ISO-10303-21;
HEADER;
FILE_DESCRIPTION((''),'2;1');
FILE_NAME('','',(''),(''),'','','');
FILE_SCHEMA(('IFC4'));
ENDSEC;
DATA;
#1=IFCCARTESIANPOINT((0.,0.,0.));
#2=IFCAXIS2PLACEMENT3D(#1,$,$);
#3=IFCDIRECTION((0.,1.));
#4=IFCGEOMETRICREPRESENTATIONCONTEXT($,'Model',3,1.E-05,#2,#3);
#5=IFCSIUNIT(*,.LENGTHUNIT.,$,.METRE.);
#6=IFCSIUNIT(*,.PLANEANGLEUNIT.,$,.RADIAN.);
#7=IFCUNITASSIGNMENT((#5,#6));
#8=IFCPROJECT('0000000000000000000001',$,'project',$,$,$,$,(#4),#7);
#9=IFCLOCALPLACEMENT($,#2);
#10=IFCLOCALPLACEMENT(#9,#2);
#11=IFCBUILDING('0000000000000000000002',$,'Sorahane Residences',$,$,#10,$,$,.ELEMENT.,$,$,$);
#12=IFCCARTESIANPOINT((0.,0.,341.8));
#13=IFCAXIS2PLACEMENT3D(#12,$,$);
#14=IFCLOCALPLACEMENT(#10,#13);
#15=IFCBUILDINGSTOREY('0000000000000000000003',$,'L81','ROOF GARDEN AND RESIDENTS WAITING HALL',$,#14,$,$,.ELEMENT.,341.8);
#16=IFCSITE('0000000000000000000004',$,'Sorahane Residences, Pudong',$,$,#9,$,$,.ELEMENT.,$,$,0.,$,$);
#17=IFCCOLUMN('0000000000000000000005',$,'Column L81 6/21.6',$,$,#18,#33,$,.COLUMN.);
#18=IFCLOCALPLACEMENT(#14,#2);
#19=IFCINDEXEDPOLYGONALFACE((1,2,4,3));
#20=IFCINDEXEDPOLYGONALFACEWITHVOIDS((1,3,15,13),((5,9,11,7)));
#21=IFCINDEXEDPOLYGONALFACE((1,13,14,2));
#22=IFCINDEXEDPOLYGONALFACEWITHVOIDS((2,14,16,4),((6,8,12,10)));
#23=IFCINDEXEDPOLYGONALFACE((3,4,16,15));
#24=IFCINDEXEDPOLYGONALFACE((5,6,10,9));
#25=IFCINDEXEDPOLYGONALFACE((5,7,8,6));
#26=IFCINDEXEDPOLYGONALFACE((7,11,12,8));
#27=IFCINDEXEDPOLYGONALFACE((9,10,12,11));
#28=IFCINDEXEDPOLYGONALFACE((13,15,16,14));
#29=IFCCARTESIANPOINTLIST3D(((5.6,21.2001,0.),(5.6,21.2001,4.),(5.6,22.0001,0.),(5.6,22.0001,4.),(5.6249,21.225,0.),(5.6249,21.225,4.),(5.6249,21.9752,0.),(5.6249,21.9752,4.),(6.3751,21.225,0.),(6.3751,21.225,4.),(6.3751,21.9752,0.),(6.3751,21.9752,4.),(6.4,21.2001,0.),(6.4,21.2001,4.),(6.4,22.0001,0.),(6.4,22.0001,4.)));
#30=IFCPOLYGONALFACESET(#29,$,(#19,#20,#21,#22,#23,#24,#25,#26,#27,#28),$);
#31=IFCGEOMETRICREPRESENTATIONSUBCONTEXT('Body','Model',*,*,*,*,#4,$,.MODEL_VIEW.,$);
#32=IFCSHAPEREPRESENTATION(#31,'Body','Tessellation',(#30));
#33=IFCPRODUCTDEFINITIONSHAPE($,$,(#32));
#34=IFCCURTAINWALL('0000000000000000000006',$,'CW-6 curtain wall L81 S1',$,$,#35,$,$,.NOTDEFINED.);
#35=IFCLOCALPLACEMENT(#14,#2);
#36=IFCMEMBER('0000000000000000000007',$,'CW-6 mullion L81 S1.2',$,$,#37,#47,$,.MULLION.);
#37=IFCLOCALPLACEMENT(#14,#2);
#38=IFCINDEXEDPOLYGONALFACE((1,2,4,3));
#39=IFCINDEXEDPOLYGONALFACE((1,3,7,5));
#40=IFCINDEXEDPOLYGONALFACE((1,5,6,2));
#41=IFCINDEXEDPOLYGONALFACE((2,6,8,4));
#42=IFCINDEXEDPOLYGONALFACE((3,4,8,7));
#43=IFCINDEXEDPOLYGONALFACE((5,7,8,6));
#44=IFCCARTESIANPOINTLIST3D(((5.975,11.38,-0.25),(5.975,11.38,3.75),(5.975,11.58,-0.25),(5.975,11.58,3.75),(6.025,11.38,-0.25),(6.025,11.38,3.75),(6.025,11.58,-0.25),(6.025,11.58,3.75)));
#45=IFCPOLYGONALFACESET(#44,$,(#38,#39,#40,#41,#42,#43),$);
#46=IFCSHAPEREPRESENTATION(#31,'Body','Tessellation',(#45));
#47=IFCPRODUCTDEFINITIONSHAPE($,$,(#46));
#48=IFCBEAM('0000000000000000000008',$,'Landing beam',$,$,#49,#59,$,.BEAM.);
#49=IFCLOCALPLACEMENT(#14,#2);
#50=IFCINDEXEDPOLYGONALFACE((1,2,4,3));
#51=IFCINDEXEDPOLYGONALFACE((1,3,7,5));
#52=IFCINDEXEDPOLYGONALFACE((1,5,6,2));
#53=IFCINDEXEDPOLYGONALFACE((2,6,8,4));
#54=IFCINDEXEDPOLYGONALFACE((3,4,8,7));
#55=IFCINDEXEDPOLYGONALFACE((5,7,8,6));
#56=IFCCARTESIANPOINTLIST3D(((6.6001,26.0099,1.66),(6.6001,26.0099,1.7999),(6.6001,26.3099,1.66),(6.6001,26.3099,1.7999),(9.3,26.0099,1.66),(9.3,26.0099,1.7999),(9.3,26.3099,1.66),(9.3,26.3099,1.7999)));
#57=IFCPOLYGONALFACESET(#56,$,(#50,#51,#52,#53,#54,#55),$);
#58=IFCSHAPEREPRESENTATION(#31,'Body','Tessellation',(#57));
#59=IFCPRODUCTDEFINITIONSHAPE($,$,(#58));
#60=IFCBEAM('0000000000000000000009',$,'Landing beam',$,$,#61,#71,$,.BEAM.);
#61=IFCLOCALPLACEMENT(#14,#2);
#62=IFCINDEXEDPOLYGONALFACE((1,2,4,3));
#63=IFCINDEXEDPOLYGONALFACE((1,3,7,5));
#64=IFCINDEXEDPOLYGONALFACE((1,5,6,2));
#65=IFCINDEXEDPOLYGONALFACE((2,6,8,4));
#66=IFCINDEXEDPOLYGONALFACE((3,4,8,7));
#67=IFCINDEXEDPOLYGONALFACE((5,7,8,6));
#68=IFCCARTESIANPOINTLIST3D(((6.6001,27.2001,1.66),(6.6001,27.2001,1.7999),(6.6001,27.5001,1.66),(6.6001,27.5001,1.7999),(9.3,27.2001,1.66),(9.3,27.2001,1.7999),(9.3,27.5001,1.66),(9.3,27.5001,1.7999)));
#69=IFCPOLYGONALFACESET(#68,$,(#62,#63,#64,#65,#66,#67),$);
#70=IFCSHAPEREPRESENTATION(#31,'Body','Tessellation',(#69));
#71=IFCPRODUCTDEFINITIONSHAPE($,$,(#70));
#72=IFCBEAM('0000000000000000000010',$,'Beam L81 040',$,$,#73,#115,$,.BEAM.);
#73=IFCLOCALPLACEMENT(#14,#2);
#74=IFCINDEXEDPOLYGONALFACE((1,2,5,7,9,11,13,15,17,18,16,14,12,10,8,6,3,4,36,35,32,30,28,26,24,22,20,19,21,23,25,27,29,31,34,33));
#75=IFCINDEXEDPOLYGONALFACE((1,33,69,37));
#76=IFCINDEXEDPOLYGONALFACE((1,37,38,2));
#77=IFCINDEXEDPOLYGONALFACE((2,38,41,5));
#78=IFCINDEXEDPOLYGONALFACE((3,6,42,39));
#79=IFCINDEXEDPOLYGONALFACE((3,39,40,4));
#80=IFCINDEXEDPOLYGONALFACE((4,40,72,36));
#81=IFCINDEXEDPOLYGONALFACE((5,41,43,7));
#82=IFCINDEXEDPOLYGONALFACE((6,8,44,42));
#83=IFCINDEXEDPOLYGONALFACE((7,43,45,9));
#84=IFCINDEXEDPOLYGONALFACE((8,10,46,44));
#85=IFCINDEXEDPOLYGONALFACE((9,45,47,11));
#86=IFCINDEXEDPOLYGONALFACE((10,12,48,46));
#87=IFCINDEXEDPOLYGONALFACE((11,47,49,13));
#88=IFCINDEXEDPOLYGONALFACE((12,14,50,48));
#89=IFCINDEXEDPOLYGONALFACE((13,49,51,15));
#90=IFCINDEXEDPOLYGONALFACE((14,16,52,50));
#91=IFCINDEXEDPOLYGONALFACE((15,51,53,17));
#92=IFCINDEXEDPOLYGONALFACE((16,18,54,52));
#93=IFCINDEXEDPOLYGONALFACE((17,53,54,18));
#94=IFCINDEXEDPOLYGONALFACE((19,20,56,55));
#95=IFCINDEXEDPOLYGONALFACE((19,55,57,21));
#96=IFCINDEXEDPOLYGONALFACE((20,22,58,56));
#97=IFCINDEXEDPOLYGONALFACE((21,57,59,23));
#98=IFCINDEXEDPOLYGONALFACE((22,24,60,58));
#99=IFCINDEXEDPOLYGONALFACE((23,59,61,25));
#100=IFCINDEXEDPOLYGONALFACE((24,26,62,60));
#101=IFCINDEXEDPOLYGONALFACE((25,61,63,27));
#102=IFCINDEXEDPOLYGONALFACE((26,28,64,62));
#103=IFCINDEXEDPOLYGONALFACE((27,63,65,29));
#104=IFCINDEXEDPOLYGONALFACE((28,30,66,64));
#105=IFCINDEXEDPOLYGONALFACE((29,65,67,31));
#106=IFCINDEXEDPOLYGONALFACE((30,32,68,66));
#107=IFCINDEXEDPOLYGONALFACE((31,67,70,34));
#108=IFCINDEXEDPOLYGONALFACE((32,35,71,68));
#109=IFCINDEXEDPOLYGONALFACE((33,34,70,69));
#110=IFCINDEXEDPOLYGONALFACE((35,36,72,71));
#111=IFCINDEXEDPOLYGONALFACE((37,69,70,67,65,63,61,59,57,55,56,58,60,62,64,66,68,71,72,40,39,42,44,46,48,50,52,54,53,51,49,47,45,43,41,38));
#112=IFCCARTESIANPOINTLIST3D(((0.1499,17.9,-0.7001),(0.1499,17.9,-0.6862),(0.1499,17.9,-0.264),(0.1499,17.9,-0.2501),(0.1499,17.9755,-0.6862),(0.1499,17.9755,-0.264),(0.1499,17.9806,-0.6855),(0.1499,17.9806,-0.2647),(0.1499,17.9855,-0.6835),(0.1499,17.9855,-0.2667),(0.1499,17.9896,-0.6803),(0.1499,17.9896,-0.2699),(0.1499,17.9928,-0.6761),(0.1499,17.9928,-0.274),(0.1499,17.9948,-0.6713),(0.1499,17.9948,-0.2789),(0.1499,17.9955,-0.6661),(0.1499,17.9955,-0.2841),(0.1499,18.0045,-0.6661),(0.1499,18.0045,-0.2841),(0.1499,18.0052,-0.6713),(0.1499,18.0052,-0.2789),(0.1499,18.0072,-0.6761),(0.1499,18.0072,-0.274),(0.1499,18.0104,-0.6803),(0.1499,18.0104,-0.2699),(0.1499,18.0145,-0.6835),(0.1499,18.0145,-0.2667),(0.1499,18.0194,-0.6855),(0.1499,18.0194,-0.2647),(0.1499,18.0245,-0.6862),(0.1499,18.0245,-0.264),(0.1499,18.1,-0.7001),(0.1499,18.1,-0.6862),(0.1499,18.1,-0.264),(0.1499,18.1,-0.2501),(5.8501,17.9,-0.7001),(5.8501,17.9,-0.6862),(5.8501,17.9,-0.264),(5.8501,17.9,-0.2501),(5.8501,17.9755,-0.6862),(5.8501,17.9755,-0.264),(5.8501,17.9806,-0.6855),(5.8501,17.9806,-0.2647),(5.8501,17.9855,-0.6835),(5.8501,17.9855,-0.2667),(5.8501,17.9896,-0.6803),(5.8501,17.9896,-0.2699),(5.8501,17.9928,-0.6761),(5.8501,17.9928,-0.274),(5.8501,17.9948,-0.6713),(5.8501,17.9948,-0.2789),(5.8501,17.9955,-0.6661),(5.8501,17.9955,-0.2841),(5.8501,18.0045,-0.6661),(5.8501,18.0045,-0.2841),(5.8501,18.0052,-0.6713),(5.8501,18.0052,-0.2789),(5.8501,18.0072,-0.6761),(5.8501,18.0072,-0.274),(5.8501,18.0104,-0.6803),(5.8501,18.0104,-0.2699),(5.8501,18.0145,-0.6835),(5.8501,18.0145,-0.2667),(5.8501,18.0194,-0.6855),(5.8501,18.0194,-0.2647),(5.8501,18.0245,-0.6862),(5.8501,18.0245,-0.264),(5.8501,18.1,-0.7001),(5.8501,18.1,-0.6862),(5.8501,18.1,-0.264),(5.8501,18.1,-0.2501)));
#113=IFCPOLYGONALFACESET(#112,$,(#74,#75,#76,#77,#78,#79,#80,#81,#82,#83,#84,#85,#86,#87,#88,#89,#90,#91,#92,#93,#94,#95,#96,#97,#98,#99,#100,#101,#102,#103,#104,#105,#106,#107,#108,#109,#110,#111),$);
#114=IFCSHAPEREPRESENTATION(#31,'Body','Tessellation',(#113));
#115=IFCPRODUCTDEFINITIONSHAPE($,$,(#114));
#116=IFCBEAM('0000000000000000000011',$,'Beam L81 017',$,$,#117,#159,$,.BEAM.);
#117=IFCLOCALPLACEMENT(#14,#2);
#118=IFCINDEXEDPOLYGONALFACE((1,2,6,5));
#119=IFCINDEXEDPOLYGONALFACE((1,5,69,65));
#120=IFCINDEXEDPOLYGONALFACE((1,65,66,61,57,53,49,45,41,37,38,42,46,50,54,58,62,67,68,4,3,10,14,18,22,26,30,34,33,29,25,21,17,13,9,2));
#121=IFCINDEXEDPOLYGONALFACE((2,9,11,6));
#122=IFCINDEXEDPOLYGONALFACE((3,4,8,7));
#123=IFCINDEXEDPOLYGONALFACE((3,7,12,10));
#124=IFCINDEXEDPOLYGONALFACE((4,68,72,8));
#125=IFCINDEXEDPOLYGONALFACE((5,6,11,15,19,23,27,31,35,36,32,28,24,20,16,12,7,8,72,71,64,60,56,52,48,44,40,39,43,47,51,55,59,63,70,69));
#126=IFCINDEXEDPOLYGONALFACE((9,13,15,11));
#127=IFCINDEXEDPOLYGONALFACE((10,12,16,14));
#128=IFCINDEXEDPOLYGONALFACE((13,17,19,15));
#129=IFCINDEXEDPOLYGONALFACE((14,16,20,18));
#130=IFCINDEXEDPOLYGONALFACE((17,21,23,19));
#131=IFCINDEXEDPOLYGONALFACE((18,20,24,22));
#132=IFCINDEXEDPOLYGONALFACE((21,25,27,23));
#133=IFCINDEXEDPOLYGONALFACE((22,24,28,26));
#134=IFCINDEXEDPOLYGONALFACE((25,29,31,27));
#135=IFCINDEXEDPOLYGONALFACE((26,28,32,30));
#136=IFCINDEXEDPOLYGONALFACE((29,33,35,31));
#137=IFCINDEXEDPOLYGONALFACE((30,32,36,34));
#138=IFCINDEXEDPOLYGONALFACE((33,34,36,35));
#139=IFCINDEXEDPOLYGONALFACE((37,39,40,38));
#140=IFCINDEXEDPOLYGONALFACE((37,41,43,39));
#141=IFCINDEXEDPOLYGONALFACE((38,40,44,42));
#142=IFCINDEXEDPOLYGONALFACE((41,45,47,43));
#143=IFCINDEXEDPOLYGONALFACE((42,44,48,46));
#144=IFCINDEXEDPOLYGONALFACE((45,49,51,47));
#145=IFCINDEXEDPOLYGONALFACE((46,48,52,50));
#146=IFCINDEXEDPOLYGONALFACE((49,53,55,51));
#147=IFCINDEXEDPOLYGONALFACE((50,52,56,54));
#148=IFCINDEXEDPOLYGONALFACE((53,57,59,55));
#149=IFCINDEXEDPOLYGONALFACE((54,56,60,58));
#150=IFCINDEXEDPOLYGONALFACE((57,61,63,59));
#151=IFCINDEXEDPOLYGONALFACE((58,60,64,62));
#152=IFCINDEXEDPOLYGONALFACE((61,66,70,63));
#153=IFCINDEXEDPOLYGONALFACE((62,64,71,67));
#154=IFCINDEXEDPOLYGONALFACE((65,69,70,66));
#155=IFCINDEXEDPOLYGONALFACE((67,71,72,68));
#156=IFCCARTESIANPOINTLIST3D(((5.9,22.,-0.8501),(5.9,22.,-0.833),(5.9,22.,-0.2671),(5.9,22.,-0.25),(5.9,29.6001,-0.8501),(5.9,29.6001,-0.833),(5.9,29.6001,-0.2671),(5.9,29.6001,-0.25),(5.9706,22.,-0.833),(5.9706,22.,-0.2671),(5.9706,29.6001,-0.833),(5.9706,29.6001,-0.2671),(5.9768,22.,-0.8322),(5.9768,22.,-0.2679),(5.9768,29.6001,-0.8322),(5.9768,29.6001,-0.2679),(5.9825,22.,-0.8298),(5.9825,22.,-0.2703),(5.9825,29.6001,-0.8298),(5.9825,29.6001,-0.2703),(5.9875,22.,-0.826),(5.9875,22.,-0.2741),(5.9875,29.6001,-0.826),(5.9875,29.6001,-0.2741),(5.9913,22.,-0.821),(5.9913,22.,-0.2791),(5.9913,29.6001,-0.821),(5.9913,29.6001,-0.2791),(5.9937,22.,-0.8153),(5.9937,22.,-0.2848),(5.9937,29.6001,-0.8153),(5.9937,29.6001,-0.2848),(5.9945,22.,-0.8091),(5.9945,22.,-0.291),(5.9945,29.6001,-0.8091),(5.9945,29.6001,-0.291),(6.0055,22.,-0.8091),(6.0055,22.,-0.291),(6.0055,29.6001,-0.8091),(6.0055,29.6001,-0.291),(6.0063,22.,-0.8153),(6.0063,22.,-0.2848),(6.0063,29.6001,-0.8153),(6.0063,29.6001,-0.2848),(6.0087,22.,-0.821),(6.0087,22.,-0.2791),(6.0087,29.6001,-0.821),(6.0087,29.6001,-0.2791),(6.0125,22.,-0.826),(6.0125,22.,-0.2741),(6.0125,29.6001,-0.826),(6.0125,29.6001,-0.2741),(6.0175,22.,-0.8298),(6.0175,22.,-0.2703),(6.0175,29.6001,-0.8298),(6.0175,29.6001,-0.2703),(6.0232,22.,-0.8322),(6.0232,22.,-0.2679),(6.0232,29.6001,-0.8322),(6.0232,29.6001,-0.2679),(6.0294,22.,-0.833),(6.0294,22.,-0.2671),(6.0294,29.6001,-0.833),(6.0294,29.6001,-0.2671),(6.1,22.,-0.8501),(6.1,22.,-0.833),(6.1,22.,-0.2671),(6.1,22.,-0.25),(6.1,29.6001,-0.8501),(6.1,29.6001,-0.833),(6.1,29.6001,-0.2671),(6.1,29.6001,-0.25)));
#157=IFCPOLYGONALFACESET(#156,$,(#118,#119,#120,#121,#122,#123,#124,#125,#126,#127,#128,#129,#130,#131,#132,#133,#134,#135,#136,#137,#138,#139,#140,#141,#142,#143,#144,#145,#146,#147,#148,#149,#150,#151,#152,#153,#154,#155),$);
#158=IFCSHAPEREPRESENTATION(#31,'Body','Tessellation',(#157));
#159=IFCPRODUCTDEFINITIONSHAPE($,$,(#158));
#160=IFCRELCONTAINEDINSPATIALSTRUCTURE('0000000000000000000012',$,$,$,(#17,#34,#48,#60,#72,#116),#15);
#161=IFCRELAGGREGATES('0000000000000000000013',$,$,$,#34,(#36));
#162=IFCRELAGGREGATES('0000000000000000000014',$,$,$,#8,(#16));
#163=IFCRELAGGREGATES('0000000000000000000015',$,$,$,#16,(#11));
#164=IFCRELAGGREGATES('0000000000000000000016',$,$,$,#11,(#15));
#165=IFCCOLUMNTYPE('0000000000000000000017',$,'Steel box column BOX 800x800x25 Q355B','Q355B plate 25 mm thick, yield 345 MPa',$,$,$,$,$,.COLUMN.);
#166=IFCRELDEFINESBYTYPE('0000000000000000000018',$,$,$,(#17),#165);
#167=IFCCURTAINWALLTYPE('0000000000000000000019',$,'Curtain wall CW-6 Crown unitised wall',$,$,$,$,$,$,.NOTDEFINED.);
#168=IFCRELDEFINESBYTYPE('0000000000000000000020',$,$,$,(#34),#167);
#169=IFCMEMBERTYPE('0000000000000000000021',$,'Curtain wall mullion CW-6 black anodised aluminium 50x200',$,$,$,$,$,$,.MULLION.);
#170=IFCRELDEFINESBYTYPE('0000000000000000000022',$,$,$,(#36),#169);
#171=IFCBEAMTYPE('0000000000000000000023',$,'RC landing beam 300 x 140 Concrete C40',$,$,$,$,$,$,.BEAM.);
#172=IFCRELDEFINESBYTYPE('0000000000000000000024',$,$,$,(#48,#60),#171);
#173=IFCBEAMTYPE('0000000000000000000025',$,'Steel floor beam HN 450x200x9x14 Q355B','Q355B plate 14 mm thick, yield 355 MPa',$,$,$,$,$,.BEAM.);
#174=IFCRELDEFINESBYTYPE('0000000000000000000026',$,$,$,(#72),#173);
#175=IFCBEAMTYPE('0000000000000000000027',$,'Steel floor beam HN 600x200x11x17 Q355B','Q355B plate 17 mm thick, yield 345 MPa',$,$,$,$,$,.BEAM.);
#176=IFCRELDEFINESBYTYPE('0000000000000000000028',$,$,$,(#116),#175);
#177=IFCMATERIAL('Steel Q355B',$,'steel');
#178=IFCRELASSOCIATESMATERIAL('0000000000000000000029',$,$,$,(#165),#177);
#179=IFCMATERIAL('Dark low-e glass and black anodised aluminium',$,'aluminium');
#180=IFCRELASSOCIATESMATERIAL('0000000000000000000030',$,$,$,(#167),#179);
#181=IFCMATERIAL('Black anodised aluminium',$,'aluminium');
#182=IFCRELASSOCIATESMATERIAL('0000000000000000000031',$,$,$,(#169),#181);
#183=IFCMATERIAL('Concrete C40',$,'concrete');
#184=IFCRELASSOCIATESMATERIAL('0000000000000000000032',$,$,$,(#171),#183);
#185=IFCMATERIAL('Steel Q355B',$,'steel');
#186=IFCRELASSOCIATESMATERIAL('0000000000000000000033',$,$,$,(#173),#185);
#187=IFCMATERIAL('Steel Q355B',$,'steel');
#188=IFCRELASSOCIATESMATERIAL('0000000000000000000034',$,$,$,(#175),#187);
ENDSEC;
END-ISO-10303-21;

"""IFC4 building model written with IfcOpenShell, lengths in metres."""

from ifc_helpers import new_model, si_unit, direction, frame, origin, origin_2d, place, context, subcontext, project, spatial, rectangle, hollow_rectangle, i_section, extrude, material, material_profile, profile_set, type_object, element, aggregate, save


model = new_model("IFC4")

# Units and contexts
model_context = context("Model", 3, precision=1e-05, world=origin(), true_north=direction((0.0, 1.0)))
body_context = subcontext(model_context, "Body", "Model", "MODEL_VIEW")
ifc_project = project(units=[si_unit("LENGTHUNIT", "METRE"), si_unit("PLANEANGLEUNIT", "RADIAN")], contexts=[model_context])

# Site, building, storey
site_placement = place(None, origin())
site = spatial("IfcSite", under=ifc_project, at=site_placement, Name="Sorahane Residences, Pudong", CompositionType="ELEMENT", RefElevation=0.0)
building_placement = place(site_placement, origin())
building = spatial("IfcBuilding", under=site, at=building_placement, Name="Sorahane Residences", CompositionType="ELEMENT")
storey_placement = place(building_placement, frame((0.0, 0.0, 341.8)))
storey = spatial("IfcBuildingStorey", under=building, at=storey_placement, Name="L81", Description="ROOF GARDEN AND RESIDENTS WAITING HALL", CompositionType="ELEMENT", Elevation=341.8)

# Column
ifc_material_1 = material(Name="Steel Q355B", Category="steel")
ifc_material_profile_1 = material_profile(ifc_material_1, hollow_rectangle(XDim=0.8, YDim=0.8, WallThickness=0.0249, at=origin_2d()), Name="BOX 800x800x25")
ifc_profile_set_1 = profile_set([ifc_material_profile_1], Name="Steel Q355B")
column_type = type_object("IfcColumnType", Name="Steel box column BOX 800x800x25 Q355B", Description="Q355B plate 25 mm thick, yield 345 MPa", PredefinedType="COLUMN", material=ifc_profile_set_1)
column_placement = place(storey_placement, frame((6.0, 21.6001, 0.0), z_axis=(0.0, 0.0, 1.0), x_axis=(1.0, 0.0, 0.0)))
element("IfcColumn", 1, at=column_placement, inside=storey, type_object=column_type, Name="Column L81 6/21.6", PredefinedType="COLUMN", context=body_context, shape_type="SweptSolid", body=[
    extrude(hollow_rectangle(XDim=0.8, YDim=0.8, WallThickness=0.0249, at=origin_2d()), origin(), (0.0, 0.0, 1.0), 4.0),
])

# Curtain wall, member
ifc_material_2 = material(Name="Dark low-e glass and black anodised aluminium", Category="aluminium")
curtain_wall_type = type_object("IfcCurtainWallType", Name="Curtain wall CW-6 Crown unitised wall", PredefinedType="NOTDEFINED", material=ifc_material_2)
curtain_wall_placement = place(storey_placement, origin())
curtain_wall = element("IfcCurtainWall", 2, at=curtain_wall_placement, inside=storey, type_object=curtain_wall_type, Name="CW-6 curtain wall L81 S1", PredefinedType="NOTDEFINED")
ifc_material_3 = material(Name="Black anodised aluminium", Category="aluminium")
ifc_material_profile_2 = material_profile(ifc_material_3, rectangle(XDim=0.2, YDim=0.05, at=origin_2d()), Name="Curtain wall mullion CW-6 black anodised aluminium 50x200")
ifc_profile_set_2 = profile_set([ifc_material_profile_2], Name="Black anodised aluminium")
member_type = type_object("IfcMemberType", Name="Curtain wall mullion CW-6 black anodised aluminium 50x200", PredefinedType="MULLION", material=ifc_profile_set_2)
member_placement = place(storey_placement, frame((6.0, 11.48, -0.25), z_axis=(0.0, 0.0, 1.0), x_axis=(0.0, -1.0, 0.0)))
member = element("IfcMember", 3, at=member_placement, type_object=member_type, Name="CW-6 mullion L81 S1.2", PredefinedType="MULLION", context=body_context, shape_type="SweptSolid", body=[
    extrude(rectangle(XDim=0.2, YDim=0.05, at=origin_2d()), origin(), (0.0, 0.0, 1.0), 4.0),
])

# Beams
ifc_material_4 = material(Name="Concrete C40", Category="concrete")
ifc_material_profile_3 = material_profile(ifc_material_4, rectangle(XDim=0.3, YDim=0.1399, at=origin_2d()), Name="300x140")
ifc_profile_set_3 = profile_set([ifc_material_profile_3], Name="Concrete C40")
beam_type_1 = type_object("IfcBeamType", Name="RC landing beam 300 x 140 Concrete C40", PredefinedType="BEAM", material=ifc_profile_set_3)
for number, where, z_axis, x_axis, name in (
    (4, (6.6001, 26.1599, 1.73), (1.0, 0.0, 0.0), (0.0, 1.0, 0.0), "Landing beam"),
    (5, (6.6001, 27.3501, 1.73), (1.0, 0.0, 0.0), (0.0, 1.0, 0.0), "Landing beam"),
):
    element("IfcBeam", number, at=place(storey_placement, frame(where, z_axis=z_axis, x_axis=x_axis)), inside=storey, type_object=beam_type_1, Name=name, PredefinedType="BEAM", context=body_context, shape_type="SweptSolid", body=[
        extrude(rectangle(XDim=0.3, YDim=0.1399, at=origin_2d()), origin(), (0.0, 0.0, 1.0), 2.7),
    ])
ifc_material_5 = material(Name="Steel Q355B", Category="steel")
ifc_material_profile_4 = material_profile(ifc_material_5, i_section(OverallWidth=0.2, OverallDepth=0.45, WebThickness=0.009, FlangeThickness=0.0139, FilletRadius=0.02, at=origin_2d()), Name="HN 450x200x9x14")
ifc_profile_set_4 = profile_set([ifc_material_profile_4], Name="Steel Q355B")
beam_type_2 = type_object("IfcBeamType", Name="Steel floor beam HN 450x200x9x14 Q355B", Description="Q355B plate 14 mm thick, yield 355 MPa", PredefinedType="BEAM", material=ifc_profile_set_4)
beam_1_placement = place(storey_placement, frame((0.1499, 18.0, -0.4751), z_axis=(1.0, 0.0, 0.0), x_axis=(0.0, 1.0, 0.0)))
element("IfcBeam", 6, at=beam_1_placement, inside=storey, type_object=beam_type_2, Name="Beam L81 040", PredefinedType="BEAM", context=body_context, shape_type="SweptSolid", body=[
    extrude(i_section(OverallWidth=0.2, OverallDepth=0.45, WebThickness=0.009, FlangeThickness=0.0139, FilletRadius=0.02, at=origin_2d()), origin(), (0.0, 0.0, 1.0), 5.7002),
])
ifc_material_6 = material(Name="Steel Q355B", Category="steel")
ifc_material_profile_5 = material_profile(ifc_material_6, i_section(OverallWidth=0.2, OverallDepth=0.6001, WebThickness=0.011, FlangeThickness=0.0171, FilletRadius=0.0239, at=origin_2d()), Name="HN 600x200x11x17")
ifc_profile_set_5 = profile_set([ifc_material_profile_5], Name="Steel Q355B")
beam_type_3 = type_object("IfcBeamType", Name="Steel floor beam HN 600x200x11x17 Q355B", Description="Q355B plate 17 mm thick, yield 345 MPa", PredefinedType="BEAM", material=ifc_profile_set_5)
beam_2_placement = place(storey_placement, frame((6.0, 22.0, -0.55), z_axis=(0.0, 1.0, 0.0), x_axis=(-1.0, 0.0, 0.0)))
element("IfcBeam", 7, at=beam_2_placement, inside=storey, type_object=beam_type_3, Name="Beam L81 017", PredefinedType="BEAM", context=body_context, shape_type="SweptSolid", body=[
    extrude(i_section(OverallWidth=0.2, OverallDepth=0.6001, WebThickness=0.011, FlangeThickness=0.0171, FilletRadius=0.0239, at=origin_2d()), origin(), (0.0, 0.0, 1.0), 7.6001),
])

aggregate(curtain_wall, [member])

save(model, "model.ifc")
